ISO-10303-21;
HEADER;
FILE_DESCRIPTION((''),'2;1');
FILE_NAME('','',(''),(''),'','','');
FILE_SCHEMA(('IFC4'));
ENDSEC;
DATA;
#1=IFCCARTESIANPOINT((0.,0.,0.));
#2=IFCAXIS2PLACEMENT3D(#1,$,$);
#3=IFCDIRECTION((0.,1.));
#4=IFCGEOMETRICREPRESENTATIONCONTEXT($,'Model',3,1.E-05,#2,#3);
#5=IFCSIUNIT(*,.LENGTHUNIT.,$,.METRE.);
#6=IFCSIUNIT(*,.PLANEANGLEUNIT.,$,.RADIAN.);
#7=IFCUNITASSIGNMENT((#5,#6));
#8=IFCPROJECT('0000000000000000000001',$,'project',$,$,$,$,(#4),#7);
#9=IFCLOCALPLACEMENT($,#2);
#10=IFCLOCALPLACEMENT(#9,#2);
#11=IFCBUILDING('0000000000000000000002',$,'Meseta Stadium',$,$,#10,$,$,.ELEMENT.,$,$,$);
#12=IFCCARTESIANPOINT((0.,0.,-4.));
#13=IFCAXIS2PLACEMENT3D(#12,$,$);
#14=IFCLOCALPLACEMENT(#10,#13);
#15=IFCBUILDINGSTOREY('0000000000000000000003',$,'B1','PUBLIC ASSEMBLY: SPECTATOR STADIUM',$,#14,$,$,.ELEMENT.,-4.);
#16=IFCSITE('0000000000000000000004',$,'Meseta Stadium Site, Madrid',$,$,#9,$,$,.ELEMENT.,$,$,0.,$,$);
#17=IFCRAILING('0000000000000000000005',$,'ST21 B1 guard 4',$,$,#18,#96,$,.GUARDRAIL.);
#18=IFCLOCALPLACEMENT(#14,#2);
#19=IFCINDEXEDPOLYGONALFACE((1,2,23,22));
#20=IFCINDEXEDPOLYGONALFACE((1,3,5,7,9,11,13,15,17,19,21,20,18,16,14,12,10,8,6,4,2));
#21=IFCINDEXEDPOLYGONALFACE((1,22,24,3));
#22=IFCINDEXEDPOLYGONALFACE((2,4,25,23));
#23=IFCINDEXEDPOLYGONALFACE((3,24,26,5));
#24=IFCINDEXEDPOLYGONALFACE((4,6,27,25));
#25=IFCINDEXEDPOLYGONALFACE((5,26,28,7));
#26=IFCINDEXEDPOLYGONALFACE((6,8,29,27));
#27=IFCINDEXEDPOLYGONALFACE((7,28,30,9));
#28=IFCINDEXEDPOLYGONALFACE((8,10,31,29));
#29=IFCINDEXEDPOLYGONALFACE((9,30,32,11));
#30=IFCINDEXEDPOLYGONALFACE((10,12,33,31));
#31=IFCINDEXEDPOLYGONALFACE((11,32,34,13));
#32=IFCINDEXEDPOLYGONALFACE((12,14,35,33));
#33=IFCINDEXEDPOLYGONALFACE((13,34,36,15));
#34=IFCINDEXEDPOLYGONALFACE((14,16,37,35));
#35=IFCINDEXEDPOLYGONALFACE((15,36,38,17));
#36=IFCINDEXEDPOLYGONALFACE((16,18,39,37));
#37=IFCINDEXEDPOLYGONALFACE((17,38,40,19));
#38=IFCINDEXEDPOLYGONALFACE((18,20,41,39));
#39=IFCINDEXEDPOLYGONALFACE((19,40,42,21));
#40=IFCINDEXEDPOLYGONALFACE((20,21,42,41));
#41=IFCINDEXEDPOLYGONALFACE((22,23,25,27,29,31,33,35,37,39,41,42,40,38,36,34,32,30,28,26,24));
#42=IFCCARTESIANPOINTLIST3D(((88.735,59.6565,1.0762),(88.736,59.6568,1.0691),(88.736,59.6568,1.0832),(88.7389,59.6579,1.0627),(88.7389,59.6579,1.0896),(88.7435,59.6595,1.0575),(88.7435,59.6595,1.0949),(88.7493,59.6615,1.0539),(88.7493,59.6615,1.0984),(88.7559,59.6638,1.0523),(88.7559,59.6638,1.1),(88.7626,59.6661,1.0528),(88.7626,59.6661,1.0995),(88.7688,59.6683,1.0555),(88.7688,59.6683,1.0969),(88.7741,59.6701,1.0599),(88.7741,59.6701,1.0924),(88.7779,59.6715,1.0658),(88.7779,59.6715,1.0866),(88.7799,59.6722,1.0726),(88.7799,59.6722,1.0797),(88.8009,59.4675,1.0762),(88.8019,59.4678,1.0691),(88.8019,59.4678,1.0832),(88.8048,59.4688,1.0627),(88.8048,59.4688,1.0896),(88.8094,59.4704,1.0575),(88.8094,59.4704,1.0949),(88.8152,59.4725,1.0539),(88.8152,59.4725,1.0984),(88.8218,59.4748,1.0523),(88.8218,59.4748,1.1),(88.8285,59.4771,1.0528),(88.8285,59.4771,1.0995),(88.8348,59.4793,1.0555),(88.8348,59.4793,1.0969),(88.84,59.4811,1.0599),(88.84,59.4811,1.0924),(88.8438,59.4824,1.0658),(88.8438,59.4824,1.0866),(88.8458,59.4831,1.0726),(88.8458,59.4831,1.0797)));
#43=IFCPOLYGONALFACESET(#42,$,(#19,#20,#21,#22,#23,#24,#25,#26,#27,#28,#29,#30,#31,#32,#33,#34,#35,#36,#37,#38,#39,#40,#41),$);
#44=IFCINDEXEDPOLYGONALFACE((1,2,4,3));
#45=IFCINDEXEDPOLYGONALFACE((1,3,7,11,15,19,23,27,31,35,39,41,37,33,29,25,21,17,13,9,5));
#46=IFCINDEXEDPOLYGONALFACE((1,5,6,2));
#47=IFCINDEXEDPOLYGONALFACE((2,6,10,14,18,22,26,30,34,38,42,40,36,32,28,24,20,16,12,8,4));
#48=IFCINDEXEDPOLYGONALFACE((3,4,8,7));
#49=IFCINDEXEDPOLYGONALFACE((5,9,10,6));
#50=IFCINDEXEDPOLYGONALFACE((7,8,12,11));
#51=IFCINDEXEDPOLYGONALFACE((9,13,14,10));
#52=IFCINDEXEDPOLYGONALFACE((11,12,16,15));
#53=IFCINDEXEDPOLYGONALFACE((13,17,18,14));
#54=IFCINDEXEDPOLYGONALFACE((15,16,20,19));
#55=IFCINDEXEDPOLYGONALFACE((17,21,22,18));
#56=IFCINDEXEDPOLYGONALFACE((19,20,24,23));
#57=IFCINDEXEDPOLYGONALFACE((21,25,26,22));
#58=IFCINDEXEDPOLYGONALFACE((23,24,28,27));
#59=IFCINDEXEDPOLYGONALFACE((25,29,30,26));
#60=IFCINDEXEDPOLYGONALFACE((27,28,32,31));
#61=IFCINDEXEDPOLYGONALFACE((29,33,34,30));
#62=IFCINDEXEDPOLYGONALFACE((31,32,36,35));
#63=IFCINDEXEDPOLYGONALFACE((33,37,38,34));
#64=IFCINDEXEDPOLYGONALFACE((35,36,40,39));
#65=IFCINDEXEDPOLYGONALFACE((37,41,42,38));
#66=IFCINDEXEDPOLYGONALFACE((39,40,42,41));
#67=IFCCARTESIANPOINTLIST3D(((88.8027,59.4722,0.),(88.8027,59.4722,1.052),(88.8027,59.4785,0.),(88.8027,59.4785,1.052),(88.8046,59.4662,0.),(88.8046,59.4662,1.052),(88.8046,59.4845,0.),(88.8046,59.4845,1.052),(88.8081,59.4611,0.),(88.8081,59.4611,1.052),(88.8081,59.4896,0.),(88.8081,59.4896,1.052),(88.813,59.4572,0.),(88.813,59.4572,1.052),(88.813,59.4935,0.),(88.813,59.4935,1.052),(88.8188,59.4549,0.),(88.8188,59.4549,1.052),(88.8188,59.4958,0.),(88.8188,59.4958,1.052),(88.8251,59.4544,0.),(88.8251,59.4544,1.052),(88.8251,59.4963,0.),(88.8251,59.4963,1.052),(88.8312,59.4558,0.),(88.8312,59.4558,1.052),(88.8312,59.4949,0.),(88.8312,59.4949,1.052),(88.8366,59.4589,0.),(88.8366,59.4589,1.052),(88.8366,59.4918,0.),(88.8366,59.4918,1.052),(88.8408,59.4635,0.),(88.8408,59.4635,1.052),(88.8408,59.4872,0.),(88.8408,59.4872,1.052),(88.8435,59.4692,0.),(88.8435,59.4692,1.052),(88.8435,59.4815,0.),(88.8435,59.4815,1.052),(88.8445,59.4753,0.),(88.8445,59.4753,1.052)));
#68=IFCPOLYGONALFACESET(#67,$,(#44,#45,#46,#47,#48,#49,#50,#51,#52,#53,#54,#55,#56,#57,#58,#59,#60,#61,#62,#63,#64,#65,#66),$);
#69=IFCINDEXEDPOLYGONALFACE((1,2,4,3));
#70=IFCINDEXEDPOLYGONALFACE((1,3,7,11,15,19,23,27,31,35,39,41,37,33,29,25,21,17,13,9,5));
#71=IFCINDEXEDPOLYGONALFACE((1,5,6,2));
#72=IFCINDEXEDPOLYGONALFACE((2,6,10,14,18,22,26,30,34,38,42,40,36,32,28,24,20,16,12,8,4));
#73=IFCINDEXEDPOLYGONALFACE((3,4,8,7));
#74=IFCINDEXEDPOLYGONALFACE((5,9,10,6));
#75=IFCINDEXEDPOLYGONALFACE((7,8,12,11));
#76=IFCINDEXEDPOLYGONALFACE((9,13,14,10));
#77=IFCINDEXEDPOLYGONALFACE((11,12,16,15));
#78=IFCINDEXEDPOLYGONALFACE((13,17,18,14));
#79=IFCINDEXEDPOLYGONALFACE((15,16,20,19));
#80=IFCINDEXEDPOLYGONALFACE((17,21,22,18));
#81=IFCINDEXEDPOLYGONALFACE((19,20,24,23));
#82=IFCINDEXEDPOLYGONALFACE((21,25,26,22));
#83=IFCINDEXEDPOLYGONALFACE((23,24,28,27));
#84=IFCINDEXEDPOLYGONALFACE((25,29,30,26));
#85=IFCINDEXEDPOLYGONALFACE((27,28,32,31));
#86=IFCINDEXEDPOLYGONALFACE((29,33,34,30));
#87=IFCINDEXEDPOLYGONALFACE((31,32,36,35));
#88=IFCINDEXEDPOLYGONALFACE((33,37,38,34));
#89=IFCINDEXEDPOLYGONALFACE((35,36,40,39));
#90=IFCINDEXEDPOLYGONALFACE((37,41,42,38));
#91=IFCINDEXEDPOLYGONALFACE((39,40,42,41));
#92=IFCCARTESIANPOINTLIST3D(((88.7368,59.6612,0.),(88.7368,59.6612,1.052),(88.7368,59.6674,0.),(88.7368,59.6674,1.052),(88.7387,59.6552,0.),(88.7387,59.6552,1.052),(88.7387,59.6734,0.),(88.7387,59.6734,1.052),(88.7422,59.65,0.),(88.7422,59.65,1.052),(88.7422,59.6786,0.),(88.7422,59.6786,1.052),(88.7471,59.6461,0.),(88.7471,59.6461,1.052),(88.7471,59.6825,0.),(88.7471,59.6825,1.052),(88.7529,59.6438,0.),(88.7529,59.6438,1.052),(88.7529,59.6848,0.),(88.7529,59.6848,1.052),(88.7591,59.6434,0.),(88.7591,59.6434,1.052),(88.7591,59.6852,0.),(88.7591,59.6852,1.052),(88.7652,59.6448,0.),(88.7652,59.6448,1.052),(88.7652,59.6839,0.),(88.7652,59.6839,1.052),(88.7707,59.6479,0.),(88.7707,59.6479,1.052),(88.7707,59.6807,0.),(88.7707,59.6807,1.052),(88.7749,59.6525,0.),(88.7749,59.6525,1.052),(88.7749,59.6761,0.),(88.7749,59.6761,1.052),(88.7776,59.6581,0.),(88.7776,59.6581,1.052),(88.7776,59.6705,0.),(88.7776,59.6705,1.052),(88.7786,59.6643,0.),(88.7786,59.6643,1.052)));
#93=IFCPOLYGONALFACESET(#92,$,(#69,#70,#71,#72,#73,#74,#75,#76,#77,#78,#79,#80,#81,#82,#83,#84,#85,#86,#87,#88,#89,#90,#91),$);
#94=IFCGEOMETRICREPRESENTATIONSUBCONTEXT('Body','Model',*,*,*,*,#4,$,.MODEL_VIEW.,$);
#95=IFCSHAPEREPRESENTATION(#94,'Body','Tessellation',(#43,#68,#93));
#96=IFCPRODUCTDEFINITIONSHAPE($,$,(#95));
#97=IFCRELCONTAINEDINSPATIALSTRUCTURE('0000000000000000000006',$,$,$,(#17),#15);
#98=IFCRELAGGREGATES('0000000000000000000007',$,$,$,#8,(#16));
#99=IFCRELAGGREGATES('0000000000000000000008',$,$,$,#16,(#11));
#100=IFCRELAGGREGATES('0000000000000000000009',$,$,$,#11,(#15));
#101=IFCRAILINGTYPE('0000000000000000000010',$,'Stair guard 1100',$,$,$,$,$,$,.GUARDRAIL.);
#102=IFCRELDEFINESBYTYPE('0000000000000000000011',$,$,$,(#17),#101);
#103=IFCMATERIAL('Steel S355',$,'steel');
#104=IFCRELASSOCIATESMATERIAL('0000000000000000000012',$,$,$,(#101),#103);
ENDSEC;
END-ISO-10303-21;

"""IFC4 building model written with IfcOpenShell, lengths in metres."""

from ifc_helpers import new_model, si_unit, direction, frame, origin, origin_2d, place, context, subcontext, project, spatial, circle, extrude, material, type_object, element, save


model = new_model("IFC4")

# Units and contexts
model_context = context("Model", 3, precision=1e-05, world=origin(), true_north=direction((0.0, 1.0)))
body_context = subcontext(model_context, "Body", "Model", "MODEL_VIEW")
ifc_project = project(units=[si_unit("LENGTHUNIT", "METRE"), si_unit("PLANEANGLEUNIT", "RADIAN")], contexts=[model_context])

# Site, building, storey
site_placement = place(None, origin())
site = spatial("IfcSite", under=ifc_project, at=site_placement, Name="Meseta Stadium Site, Madrid", CompositionType="ELEMENT", RefElevation=0.0)
building_placement = place(site_placement, origin())
building = spatial("IfcBuilding", under=site, at=building_placement, Name="Meseta Stadium", CompositionType="ELEMENT")
storey_placement = place(building_placement, frame((0.0, 0.0, -4.0)))
storey = spatial("IfcBuildingStorey", under=building, at=storey_placement, Name="B1", Description="PUBLIC ASSEMBLY: SPECTATOR STADIUM", CompositionType="ELEMENT", Elevation=-4.0)

# Railing
ifc_material_1 = material(Name="Steel S355", Category="steel")
railing_type_1 = type_object("IfcRailingType", Name="Stair guard 1100", PredefinedType="GUARDRAIL", material=ifc_material_1)
railing_1_placement = place(storey_placement, frame((88.8235, 59.4753, 0.0)))
element("IfcRailing", 1, at=railing_1_placement, inside=storey, type_object=railing_type_1, Name="ST21 B1 guard 4", PredefinedType="GUARDRAIL", context=body_context, shape_type="SweptSolid", body=[
    extrude(circle(Radius=0.0239, at=origin_2d()), frame((0.0, 0.0, 1.0762), z_axis=(-0.329372, 0.9442, 0.0), x_axis=(-0.9442, -0.329372, 0.0)), (0.0, 0.0, 1.0), 0.2002),
    extrude(circle(Radius=0.021, at=origin_2d()), origin(), (0.0, 0.0, 1.0), 1.052),
    extrude(circle(Radius=0.021, at=origin_2d()), frame((-0.0659, 0.189, 0.0)), (0.0, 0.0, 1.0), 1.052),
])

save(model, "model.ifc")
